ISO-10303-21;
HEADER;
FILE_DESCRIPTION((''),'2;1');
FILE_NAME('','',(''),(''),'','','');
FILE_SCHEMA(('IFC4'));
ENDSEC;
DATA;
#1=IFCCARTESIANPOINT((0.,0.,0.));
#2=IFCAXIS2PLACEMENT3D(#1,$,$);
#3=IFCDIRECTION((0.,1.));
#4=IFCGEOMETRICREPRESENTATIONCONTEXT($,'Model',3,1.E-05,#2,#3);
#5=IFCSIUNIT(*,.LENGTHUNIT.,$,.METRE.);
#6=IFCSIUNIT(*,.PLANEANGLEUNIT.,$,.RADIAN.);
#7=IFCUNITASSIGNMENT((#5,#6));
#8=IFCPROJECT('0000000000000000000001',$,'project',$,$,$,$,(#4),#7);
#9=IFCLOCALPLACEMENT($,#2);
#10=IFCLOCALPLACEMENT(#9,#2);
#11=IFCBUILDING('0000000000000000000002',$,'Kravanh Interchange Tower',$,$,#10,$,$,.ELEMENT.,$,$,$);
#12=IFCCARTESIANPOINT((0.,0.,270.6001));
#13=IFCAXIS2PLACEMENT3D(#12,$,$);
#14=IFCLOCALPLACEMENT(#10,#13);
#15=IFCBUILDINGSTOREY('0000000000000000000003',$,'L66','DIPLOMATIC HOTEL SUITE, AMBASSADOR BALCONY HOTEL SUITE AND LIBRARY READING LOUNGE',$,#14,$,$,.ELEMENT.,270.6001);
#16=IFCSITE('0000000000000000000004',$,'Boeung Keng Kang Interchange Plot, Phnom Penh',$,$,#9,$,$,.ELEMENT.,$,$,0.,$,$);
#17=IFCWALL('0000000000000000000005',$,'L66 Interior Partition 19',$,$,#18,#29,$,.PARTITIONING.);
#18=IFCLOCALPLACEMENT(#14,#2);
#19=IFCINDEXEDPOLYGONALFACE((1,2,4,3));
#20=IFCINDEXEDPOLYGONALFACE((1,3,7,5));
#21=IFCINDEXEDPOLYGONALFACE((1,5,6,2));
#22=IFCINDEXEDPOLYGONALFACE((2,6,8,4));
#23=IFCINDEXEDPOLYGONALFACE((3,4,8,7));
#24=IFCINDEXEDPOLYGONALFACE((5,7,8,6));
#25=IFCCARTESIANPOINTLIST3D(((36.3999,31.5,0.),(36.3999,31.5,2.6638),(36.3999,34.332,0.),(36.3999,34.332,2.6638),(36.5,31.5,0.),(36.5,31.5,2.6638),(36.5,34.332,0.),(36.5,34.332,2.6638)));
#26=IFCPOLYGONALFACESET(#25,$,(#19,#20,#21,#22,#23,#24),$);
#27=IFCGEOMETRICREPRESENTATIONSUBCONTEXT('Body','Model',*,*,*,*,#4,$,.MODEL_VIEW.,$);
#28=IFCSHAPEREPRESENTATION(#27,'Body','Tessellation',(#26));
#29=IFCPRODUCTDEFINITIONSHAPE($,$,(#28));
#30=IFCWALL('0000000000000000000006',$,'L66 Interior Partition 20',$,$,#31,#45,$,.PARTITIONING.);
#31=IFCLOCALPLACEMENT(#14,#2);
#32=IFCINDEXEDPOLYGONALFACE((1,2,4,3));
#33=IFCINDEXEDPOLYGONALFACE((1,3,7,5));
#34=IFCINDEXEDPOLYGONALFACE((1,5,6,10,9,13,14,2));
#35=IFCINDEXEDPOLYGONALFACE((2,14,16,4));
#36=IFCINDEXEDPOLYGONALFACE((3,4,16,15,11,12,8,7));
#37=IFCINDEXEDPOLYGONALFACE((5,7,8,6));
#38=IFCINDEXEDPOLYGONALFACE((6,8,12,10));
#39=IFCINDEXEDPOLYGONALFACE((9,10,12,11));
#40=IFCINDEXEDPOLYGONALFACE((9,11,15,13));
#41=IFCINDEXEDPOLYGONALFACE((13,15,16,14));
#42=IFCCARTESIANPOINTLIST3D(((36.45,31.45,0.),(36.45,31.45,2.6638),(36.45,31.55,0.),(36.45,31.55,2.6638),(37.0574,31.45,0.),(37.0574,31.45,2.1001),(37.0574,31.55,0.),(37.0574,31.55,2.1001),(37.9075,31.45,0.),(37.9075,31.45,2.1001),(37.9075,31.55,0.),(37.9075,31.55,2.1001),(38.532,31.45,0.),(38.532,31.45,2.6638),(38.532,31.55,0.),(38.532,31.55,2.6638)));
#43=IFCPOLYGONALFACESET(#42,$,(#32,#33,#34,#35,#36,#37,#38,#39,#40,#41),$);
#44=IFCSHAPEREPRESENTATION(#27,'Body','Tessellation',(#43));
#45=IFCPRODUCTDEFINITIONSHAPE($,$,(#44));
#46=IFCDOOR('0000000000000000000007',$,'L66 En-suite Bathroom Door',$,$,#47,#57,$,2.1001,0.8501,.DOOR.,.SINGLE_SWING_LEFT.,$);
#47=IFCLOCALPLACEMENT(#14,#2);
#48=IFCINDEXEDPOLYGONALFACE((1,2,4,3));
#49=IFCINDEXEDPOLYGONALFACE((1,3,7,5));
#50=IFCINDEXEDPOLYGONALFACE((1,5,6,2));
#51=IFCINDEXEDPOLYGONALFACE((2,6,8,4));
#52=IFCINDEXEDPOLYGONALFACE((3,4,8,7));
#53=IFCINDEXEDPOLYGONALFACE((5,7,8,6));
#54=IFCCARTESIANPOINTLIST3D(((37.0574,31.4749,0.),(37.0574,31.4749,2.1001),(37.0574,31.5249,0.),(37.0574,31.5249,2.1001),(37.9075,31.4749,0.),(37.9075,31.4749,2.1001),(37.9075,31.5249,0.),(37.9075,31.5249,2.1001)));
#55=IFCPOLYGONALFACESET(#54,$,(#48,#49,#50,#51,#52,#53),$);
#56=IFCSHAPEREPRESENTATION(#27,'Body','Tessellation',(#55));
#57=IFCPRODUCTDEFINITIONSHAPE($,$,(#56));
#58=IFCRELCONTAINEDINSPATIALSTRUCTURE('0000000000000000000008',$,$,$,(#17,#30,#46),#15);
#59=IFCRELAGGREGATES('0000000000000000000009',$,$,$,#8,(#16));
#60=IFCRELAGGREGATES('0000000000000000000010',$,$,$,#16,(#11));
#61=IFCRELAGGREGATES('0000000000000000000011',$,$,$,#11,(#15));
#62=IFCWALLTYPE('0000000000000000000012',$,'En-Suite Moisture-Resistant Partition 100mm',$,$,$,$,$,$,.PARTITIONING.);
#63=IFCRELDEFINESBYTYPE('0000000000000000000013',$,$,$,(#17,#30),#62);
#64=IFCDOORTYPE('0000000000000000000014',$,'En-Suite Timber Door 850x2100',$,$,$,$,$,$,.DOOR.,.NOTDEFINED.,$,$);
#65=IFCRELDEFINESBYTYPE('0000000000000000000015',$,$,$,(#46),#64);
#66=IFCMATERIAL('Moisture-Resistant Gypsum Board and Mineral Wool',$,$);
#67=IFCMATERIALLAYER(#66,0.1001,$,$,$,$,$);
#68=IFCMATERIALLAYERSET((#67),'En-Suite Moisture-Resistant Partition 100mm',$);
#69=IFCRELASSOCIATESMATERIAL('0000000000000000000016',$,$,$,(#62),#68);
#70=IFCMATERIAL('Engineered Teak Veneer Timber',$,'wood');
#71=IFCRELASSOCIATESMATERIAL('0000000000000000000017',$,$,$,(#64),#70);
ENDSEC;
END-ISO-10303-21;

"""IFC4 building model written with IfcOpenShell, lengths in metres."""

from ifc_helpers import new_model, si_unit, direction, frame, frame_2d, origin, place, context, subcontext, project, spatial, rectangle, extrude, material, layer, layer_set, type_object, element, fill, save


model = new_model("IFC4")

# Units and contexts
model_context = context("Model", 3, precision=1e-05, world=origin(), true_north=direction((0.0, 1.0)))
body_context = subcontext(model_context, "Body", "Model", "MODEL_VIEW")
ifc_project = project(units=[si_unit("LENGTHUNIT", "METRE"), si_unit("PLANEANGLEUNIT", "RADIAN")], contexts=[model_context])

# Site, building, storey
site_placement = place(None, origin())
site = spatial("IfcSite", under=ifc_project, at=site_placement, Name="Boeung Keng Kang Interchange Plot, Phnom Penh", CompositionType="ELEMENT", RefElevation=0.0)
building_placement = place(site_placement, origin())
building = spatial("IfcBuilding", under=site, at=building_placement, Name="Kravanh Interchange Tower", CompositionType="ELEMENT")
storey_placement = place(building_placement, frame((0.0, 0.0, 270.6001)))
storey = spatial("IfcBuildingStorey", under=building, at=storey_placement, Name="L66", Description="DIPLOMATIC HOTEL SUITE, AMBASSADOR BALCONY HOTEL SUITE AND LIBRARY READING LOUNGE", CompositionType="ELEMENT", Elevation=270.6001)

# Wall
ifc_material_1 = material(Name="Moisture-Resistant Gypsum Board and Mineral Wool")
ifc_layer_1 = layer(ifc_material_1, 0.1001)
ifc_layer_set_1 = layer_set([ifc_layer_1], Name="En-Suite Moisture-Resistant Partition 100mm")
wall_type_1 = type_object("IfcWallType", Name="En-Suite Moisture-Resistant Partition 100mm", PredefinedType="PARTITIONING", material=ifc_layer_set_1)
wall_1_placement = place(storey_placement, frame((36.45, 31.5, 0.0), z_axis=(0.0, 0.0, 1.0), x_axis=(0.0, 1.0, 0.0)))
element("IfcWall", 1, at=wall_1_placement, inside=storey, type_object=wall_type_1, Name="L66 Interior Partition 19", PredefinedType="PARTITIONING", context=body_context, shape_type="SweptSolid", body=[
    extrude(rectangle(XDim=2.832, YDim=0.1001, at=frame_2d((1.416, 0.0))), origin(), (0.0, 0.0, 1.0), 2.6638),
])

# Wall, opening, door
wall_2_placement = place(storey_placement, frame((36.45, 31.5, 0.0), z_axis=(0.0, 0.0, 1.0), x_axis=(1.0, 0.0, 0.0)))
wall_2 = element("IfcWall", 2, at=wall_2_placement, inside=storey, type_object=wall_type_1, Name="L66 Interior Partition 20", PredefinedType="PARTITIONING", context=body_context, shape_type="SweptSolid", body=[
    extrude(rectangle(XDim=2.082, YDim=0.1001, at=frame_2d((1.041, 0.0))), origin(), (0.0, 0.0, 1.0), 2.6638),
])
opening_placement = place(wall_2_placement, frame((0.6074, 0.0, 0.0)))
opening = element("IfcOpeningElement", 3, at=opening_placement, cuts=wall_2, PredefinedType="OPENING", context=body_context, shape_type="SweptSolid", body=[
    extrude(rectangle(XDim=0.8501, YDim=2.1001, at=frame_2d((0.425, 1.05))), frame((0.0, 0.0601, 0.0), z_axis=(0.0, -1.0, 0.0), x_axis=(1.0, 0.0, 0.0)), (0.0, 0.0, 1.0), 0.1201),
])
ifc_material_2 = material(Name="Engineered Teak Veneer Timber", Category="wood")
door_type = type_object("IfcDoorType", Name="En-Suite Timber Door 850x2100", OperationType="NOTDEFINED", PredefinedType="DOOR", material=ifc_material_2)
door_placement = place(opening_placement, origin())
door = element("IfcDoor", 4, at=door_placement, inside=storey, type_object=door_type, Name="L66 En-suite Bathroom Door", OperationType="SINGLE_SWING_LEFT", OverallHeight=2.1001, OverallWidth=0.8501, PredefinedType="DOOR", context=body_context, shape_type="SweptSolid", body=[
    extrude(rectangle(XDim=0.8501, YDim=2.1001, at=frame_2d((0.425, 1.05))), frame((0.0, 0.0249, 0.0), z_axis=(0.0, -1.0, 0.0), x_axis=(1.0, 0.0, 0.0)), (0.0, 0.0, 1.0), 0.05),
])
fill(opening, door)

save(model, "model.ifc")
